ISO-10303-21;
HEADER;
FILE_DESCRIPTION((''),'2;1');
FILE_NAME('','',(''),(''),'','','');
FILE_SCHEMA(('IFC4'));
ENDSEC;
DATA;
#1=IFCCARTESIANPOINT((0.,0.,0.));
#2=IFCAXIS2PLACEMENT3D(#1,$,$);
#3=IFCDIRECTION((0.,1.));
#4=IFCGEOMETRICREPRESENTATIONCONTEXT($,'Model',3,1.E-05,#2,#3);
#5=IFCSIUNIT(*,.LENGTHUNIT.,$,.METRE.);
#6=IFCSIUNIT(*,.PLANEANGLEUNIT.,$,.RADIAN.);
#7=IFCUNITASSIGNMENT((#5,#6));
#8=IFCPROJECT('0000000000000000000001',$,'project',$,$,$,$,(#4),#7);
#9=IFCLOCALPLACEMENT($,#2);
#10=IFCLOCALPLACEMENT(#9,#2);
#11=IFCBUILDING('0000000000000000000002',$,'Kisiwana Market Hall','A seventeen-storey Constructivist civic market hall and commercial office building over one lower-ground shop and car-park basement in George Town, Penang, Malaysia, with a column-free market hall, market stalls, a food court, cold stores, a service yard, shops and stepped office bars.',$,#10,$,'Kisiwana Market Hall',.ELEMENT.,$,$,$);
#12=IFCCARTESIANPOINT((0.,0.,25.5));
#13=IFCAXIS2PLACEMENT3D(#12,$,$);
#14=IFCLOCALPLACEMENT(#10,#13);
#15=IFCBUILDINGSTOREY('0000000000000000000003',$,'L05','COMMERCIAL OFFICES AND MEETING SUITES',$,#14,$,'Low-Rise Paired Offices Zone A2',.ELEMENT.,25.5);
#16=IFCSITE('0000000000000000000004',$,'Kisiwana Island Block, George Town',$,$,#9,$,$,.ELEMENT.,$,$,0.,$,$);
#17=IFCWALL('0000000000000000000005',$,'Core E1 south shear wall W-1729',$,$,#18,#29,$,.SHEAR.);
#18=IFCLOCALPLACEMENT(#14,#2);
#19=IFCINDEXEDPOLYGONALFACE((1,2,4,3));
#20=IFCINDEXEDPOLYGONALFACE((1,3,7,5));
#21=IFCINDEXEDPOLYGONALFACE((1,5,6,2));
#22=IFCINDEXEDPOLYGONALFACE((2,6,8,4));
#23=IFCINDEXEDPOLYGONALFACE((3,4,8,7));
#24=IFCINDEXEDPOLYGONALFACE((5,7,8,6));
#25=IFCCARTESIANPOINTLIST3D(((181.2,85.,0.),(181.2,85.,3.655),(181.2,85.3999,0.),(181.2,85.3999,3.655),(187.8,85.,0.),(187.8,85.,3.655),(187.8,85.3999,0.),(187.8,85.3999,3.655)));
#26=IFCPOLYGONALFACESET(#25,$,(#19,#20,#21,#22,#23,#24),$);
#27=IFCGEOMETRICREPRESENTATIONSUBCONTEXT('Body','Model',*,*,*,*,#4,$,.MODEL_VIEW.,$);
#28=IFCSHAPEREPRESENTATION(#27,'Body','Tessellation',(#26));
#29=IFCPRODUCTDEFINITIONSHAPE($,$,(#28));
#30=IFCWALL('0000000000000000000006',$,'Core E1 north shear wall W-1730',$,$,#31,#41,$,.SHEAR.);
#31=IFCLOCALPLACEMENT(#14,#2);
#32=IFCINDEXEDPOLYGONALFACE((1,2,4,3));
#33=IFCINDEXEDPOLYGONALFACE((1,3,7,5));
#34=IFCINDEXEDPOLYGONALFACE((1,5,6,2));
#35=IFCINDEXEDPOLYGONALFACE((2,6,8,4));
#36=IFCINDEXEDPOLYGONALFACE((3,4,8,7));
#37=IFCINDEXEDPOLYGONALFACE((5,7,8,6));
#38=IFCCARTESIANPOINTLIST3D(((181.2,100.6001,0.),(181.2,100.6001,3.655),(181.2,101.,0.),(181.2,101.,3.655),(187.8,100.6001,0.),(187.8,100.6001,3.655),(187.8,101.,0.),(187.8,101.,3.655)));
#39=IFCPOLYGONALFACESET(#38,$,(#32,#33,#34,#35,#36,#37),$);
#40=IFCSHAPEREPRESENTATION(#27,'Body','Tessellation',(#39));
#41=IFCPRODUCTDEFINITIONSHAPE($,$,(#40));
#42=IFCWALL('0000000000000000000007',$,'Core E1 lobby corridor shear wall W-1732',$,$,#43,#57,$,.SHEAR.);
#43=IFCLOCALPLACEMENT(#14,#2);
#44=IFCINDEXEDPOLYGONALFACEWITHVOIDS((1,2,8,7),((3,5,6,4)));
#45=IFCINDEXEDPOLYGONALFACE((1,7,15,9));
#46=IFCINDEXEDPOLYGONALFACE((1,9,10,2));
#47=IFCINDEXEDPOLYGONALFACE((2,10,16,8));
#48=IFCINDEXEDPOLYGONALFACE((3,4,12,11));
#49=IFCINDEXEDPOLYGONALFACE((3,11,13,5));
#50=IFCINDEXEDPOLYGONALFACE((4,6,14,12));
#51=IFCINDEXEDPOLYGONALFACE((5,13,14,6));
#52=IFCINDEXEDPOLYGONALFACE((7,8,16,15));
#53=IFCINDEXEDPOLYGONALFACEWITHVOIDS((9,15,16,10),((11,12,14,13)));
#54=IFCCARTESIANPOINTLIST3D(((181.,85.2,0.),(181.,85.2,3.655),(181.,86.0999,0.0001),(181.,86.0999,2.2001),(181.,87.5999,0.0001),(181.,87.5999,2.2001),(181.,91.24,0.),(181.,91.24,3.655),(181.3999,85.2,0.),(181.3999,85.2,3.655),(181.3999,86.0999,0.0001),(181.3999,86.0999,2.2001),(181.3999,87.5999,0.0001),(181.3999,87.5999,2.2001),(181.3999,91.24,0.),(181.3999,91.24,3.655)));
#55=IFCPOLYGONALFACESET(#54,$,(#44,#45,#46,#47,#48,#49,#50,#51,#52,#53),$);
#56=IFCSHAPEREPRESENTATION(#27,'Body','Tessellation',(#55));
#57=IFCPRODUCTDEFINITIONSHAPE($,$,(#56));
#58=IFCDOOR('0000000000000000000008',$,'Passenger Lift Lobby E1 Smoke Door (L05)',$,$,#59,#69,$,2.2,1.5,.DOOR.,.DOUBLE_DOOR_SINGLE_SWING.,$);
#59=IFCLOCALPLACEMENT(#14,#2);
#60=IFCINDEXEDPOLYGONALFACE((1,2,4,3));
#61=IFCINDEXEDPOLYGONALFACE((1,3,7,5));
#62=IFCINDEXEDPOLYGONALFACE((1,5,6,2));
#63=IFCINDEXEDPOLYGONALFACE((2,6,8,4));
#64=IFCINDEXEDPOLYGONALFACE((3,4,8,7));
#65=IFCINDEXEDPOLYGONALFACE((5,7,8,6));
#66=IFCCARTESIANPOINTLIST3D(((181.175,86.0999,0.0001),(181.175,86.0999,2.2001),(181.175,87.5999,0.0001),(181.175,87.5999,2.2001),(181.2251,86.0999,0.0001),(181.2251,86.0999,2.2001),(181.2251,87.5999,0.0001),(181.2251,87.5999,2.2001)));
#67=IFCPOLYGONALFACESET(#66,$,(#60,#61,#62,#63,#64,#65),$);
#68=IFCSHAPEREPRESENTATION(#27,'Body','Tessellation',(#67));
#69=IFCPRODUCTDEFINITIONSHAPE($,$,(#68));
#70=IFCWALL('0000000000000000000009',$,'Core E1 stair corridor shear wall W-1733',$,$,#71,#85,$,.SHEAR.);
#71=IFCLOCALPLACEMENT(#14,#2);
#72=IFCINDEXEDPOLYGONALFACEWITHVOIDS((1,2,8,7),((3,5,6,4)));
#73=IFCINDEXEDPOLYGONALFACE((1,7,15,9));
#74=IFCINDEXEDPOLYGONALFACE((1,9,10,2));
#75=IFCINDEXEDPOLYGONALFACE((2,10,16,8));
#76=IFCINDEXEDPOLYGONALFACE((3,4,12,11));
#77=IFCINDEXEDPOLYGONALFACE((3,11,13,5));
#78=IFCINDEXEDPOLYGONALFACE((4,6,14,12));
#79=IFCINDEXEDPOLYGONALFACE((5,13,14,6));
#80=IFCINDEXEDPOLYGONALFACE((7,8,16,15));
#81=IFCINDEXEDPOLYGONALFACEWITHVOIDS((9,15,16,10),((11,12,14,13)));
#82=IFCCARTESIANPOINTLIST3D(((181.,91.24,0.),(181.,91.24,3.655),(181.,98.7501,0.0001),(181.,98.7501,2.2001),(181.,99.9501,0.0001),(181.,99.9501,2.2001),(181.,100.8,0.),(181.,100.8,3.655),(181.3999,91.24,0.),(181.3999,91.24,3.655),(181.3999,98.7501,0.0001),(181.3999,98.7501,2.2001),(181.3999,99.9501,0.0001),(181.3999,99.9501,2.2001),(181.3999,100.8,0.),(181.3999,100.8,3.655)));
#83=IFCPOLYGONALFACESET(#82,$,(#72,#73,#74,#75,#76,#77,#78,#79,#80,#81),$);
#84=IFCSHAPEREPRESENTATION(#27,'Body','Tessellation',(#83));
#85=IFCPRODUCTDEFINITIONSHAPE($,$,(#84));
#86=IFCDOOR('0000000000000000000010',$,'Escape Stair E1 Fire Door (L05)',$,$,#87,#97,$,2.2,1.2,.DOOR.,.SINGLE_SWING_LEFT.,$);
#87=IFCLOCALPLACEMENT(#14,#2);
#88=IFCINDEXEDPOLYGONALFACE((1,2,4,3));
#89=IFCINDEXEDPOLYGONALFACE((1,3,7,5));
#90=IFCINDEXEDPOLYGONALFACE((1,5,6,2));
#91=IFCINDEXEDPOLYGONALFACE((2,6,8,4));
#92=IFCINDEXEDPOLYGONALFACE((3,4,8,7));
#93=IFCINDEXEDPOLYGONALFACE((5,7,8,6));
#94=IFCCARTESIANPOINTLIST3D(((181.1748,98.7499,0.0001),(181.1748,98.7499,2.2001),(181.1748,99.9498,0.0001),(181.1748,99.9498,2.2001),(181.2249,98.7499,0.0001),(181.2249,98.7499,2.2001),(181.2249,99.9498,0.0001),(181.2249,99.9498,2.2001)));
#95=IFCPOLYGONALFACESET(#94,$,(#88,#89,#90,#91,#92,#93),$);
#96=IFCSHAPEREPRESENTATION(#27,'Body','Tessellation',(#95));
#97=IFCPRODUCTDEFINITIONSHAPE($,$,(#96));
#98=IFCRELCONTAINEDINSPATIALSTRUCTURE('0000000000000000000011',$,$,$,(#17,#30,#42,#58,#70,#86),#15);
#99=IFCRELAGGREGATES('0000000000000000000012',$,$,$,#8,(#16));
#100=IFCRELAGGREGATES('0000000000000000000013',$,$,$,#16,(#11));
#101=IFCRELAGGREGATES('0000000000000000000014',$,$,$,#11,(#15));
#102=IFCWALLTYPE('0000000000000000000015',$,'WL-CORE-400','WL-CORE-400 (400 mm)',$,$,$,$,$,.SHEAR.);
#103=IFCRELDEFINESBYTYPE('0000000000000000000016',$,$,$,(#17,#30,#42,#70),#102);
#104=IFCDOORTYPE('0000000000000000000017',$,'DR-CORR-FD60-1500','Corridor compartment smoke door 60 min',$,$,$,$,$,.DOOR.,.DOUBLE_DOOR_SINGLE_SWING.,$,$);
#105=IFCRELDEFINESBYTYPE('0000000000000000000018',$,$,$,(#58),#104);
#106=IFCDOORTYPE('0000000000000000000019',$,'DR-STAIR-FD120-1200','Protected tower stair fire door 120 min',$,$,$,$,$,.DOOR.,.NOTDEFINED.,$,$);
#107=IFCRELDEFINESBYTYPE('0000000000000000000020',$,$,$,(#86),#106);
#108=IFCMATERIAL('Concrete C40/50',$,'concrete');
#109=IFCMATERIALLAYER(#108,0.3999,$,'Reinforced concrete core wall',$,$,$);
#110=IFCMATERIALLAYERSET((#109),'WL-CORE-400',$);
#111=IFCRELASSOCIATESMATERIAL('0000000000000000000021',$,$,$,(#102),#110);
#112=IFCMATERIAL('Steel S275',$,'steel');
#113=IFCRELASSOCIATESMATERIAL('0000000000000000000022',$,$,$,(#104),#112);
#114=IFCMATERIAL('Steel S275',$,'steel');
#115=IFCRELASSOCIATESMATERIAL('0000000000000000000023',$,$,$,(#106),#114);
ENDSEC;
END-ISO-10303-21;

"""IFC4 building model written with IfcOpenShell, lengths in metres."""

from ifc_helpers import new_model, si_unit, direction, frame, frame_2d, origin, place, context, subcontext, project, spatial, rectangle, extrude, material, layer, layer_set, type_object, element, fill, save


model = new_model("IFC4")

# Units and contexts
model_context = context("Model", 3, precision=1e-05, world=origin(), true_north=direction((0.0, 1.0)))
body_context = subcontext(model_context, "Body", "Model", "MODEL_VIEW")
ifc_project = project(units=[si_unit("LENGTHUNIT", "METRE"), si_unit("PLANEANGLEUNIT", "RADIAN")], contexts=[model_context])

# Site, building, storey
site_placement = place(None, origin())
site = spatial("IfcSite", under=ifc_project, at=site_placement, Name="Kisiwana Island Block, George Town", CompositionType="ELEMENT", RefElevation=0.0)
building_placement = place(site_placement, origin())
building = spatial("IfcBuilding", under=site, at=building_placement, Name="Kisiwana Market Hall", Description="A seventeen-storey Constructivist civic market hall and commercial office building over one lower-ground shop and car-park basement in George Town, Penang, Malaysia, with a column-free market hall, market stalls, a food court, cold stores, a service yard, shops and stepped office bars.", LongName="Kisiwana Market Hall", CompositionType="ELEMENT")
storey_placement = place(building_placement, frame((0.0, 0.0, 25.5)))
storey = spatial("IfcBuildingStorey", under=building, at=storey_placement, Name="L05", Description="COMMERCIAL OFFICES AND MEETING SUITES", LongName="Low-Rise Paired Offices Zone A2", CompositionType="ELEMENT", Elevation=25.5)

# Walls
ifc_material_1 = material(Name="Concrete C40/50", Category="concrete")
ifc_layer_1 = layer(ifc_material_1, 0.3999, Name="Reinforced concrete core wall")
ifc_layer_set_1 = layer_set([ifc_layer_1], Name="WL-CORE-400")
wall_type_1 = type_object("IfcWallType", Name="WL-CORE-400", Description="WL-CORE-400 (400 mm)", PredefinedType="SHEAR", material=ifc_layer_set_1)
for number, where, z_axis, x_axis, name in (
    (1, (181.2, 85.2, 0.0), (0.0, 0.0, 1.0), (1.0, 0.0, 0.0), "Core E1 south shear wall W-1729"),
    (2, (181.2, 100.8, 0.0), (0.0, 0.0, 1.0), (1.0, 0.0, 0.0), "Core E1 north shear wall W-1730"),
):
    element("IfcWall", number, at=place(storey_placement, frame(where, z_axis=z_axis, x_axis=x_axis)), inside=storey, type_object=wall_type_1, Name=name, PredefinedType="SHEAR", context=body_context, shape_type="SweptSolid", body=[
        extrude(rectangle(XDim=6.6001, YDim=0.3999, at=frame_2d((3.3, 0.0))), origin(), (0.0, 0.0, 1.0), 3.655),
    ])

# Walls, openings, doors
wall_1_placement = place(storey_placement, frame((181.2, 85.2, 0.0), z_axis=(0.0, 0.0, 1.0), x_axis=(0.0, 1.0, 0.0)))
wall_1 = element("IfcWall", 3, at=wall_1_placement, inside=storey, type_object=wall_type_1, Name="Core E1 lobby corridor shear wall W-1732", PredefinedType="SHEAR", context=body_context, shape_type="SweptSolid", body=[
    extrude(rectangle(XDim=6.04, YDim=0.3999, at=frame_2d((3.02, 0.0))), origin(), (0.0, 0.0, 1.0), 3.655),
])
opening_1_placement = place(wall_1_placement, frame((0.8999, 0.0, 0.0)))
opening_1 = element("IfcOpeningElement", 4, at=opening_1_placement, cuts=wall_1, PredefinedType="OPENING", context=body_context, shape_type="SweptSolid", body=[
    extrude(rectangle(XDim=1.5, YDim=2.2, at=frame_2d((0.75, 1.1001))), frame((0.0, 0.2119, 0.0), z_axis=(0.0, -1.0, 0.0), x_axis=(1.0, 0.0, 0.0)), (0.0, 0.0, 1.0), 0.4238),
])
ifc_material_2 = material(Name="Steel S275", Category="steel")
door_type_1 = type_object("IfcDoorType", Name="DR-CORR-FD60-1500", Description="Corridor compartment smoke door 60 min", OperationType="DOUBLE_DOOR_SINGLE_SWING", PredefinedType="DOOR", material=ifc_material_2)
door_1_placement = place(opening_1_placement, origin())
door_1 = element("IfcDoor", 5, at=door_1_placement, inside=storey, type_object=door_type_1, Name="Passenger Lift Lobby E1 Smoke Door (L05)", OperationType="DOUBLE_DOOR_SINGLE_SWING", OverallHeight=2.2, OverallWidth=1.5, PredefinedType="DOOR", context=body_context, shape_type="SweptSolid", body=[
    extrude(rectangle(XDim=1.5, YDim=2.2, at=frame_2d((0.75, 1.1001))), frame((0.0, 0.0249, 0.0), z_axis=(0.0, -1.0, 0.0), x_axis=(1.0, 0.0, 0.0)), (0.0, 0.0, 1.0), 0.05),
])
fill(opening_1, door_1)
wall_2_placement = place(storey_placement, frame((181.2, 91.24, 0.0), z_axis=(0.0, 0.0, 1.0), x_axis=(0.0, 1.0, 0.0)))
wall_2 = element("IfcWall", 6, at=wall_2_placement, inside=storey, type_object=wall_type_1, Name="Core E1 stair corridor shear wall W-1733", PredefinedType="SHEAR", context=body_context, shape_type="SweptSolid", body=[
    extrude(rectangle(XDim=9.5601, YDim=0.3999, at=frame_2d((4.78, 0.0))), origin(), (0.0, 0.0, 1.0), 3.655),
])
opening_2_placement = place(wall_2_placement, frame((7.51, 0.0, 0.0)))
opening_2 = element("IfcOpeningElement", 7, at=opening_2_placement, cuts=wall_2, PredefinedType="OPENING", context=body_context, shape_type="SweptSolid", body=[
    extrude(rectangle(XDim=1.2, YDim=2.2, at=frame_2d((0.6001, 1.1001))), frame((0.0, 0.2119, 0.0), z_axis=(0.0, -1.0, 0.0), x_axis=(1.0, 0.0, 0.0)), (0.0, 0.0, 1.0), 0.4238),
])
ifc_material_3 = material(Name="Steel S275", Category="steel")
door_type_2 = type_object("IfcDoorType", Name="DR-STAIR-FD120-1200", Description="Protected tower stair fire door 120 min", OperationType="NOTDEFINED", PredefinedType="DOOR", material=ifc_material_3)
door_2_placement = place(opening_2_placement, frame((1.2, 0.0, 0.0), z_axis=(0.0, 0.0, 1.0), x_axis=(-1.0, 0.0, 0.0)))
door_2 = element("IfcDoor", 8, at=door_2_placement, inside=storey, type_object=door_type_2, Name="Escape Stair E1 Fire Door (L05)", OperationType="SINGLE_SWING_LEFT", OverallHeight=2.2, OverallWidth=1.2, PredefinedType="DOOR", context=body_context, shape_type="SweptSolid", body=[
    extrude(rectangle(XDim=1.2, YDim=2.2, at=frame_2d((0.6001, 1.1001))), frame((0.0, 0.0249, 0.0), z_axis=(0.0, -1.0, 0.0), x_axis=(1.0, 0.0, 0.0)), (0.0, 0.0, 1.0), 0.05),
])
fill(opening_2, door_2)

save(model, "model.ifc")
